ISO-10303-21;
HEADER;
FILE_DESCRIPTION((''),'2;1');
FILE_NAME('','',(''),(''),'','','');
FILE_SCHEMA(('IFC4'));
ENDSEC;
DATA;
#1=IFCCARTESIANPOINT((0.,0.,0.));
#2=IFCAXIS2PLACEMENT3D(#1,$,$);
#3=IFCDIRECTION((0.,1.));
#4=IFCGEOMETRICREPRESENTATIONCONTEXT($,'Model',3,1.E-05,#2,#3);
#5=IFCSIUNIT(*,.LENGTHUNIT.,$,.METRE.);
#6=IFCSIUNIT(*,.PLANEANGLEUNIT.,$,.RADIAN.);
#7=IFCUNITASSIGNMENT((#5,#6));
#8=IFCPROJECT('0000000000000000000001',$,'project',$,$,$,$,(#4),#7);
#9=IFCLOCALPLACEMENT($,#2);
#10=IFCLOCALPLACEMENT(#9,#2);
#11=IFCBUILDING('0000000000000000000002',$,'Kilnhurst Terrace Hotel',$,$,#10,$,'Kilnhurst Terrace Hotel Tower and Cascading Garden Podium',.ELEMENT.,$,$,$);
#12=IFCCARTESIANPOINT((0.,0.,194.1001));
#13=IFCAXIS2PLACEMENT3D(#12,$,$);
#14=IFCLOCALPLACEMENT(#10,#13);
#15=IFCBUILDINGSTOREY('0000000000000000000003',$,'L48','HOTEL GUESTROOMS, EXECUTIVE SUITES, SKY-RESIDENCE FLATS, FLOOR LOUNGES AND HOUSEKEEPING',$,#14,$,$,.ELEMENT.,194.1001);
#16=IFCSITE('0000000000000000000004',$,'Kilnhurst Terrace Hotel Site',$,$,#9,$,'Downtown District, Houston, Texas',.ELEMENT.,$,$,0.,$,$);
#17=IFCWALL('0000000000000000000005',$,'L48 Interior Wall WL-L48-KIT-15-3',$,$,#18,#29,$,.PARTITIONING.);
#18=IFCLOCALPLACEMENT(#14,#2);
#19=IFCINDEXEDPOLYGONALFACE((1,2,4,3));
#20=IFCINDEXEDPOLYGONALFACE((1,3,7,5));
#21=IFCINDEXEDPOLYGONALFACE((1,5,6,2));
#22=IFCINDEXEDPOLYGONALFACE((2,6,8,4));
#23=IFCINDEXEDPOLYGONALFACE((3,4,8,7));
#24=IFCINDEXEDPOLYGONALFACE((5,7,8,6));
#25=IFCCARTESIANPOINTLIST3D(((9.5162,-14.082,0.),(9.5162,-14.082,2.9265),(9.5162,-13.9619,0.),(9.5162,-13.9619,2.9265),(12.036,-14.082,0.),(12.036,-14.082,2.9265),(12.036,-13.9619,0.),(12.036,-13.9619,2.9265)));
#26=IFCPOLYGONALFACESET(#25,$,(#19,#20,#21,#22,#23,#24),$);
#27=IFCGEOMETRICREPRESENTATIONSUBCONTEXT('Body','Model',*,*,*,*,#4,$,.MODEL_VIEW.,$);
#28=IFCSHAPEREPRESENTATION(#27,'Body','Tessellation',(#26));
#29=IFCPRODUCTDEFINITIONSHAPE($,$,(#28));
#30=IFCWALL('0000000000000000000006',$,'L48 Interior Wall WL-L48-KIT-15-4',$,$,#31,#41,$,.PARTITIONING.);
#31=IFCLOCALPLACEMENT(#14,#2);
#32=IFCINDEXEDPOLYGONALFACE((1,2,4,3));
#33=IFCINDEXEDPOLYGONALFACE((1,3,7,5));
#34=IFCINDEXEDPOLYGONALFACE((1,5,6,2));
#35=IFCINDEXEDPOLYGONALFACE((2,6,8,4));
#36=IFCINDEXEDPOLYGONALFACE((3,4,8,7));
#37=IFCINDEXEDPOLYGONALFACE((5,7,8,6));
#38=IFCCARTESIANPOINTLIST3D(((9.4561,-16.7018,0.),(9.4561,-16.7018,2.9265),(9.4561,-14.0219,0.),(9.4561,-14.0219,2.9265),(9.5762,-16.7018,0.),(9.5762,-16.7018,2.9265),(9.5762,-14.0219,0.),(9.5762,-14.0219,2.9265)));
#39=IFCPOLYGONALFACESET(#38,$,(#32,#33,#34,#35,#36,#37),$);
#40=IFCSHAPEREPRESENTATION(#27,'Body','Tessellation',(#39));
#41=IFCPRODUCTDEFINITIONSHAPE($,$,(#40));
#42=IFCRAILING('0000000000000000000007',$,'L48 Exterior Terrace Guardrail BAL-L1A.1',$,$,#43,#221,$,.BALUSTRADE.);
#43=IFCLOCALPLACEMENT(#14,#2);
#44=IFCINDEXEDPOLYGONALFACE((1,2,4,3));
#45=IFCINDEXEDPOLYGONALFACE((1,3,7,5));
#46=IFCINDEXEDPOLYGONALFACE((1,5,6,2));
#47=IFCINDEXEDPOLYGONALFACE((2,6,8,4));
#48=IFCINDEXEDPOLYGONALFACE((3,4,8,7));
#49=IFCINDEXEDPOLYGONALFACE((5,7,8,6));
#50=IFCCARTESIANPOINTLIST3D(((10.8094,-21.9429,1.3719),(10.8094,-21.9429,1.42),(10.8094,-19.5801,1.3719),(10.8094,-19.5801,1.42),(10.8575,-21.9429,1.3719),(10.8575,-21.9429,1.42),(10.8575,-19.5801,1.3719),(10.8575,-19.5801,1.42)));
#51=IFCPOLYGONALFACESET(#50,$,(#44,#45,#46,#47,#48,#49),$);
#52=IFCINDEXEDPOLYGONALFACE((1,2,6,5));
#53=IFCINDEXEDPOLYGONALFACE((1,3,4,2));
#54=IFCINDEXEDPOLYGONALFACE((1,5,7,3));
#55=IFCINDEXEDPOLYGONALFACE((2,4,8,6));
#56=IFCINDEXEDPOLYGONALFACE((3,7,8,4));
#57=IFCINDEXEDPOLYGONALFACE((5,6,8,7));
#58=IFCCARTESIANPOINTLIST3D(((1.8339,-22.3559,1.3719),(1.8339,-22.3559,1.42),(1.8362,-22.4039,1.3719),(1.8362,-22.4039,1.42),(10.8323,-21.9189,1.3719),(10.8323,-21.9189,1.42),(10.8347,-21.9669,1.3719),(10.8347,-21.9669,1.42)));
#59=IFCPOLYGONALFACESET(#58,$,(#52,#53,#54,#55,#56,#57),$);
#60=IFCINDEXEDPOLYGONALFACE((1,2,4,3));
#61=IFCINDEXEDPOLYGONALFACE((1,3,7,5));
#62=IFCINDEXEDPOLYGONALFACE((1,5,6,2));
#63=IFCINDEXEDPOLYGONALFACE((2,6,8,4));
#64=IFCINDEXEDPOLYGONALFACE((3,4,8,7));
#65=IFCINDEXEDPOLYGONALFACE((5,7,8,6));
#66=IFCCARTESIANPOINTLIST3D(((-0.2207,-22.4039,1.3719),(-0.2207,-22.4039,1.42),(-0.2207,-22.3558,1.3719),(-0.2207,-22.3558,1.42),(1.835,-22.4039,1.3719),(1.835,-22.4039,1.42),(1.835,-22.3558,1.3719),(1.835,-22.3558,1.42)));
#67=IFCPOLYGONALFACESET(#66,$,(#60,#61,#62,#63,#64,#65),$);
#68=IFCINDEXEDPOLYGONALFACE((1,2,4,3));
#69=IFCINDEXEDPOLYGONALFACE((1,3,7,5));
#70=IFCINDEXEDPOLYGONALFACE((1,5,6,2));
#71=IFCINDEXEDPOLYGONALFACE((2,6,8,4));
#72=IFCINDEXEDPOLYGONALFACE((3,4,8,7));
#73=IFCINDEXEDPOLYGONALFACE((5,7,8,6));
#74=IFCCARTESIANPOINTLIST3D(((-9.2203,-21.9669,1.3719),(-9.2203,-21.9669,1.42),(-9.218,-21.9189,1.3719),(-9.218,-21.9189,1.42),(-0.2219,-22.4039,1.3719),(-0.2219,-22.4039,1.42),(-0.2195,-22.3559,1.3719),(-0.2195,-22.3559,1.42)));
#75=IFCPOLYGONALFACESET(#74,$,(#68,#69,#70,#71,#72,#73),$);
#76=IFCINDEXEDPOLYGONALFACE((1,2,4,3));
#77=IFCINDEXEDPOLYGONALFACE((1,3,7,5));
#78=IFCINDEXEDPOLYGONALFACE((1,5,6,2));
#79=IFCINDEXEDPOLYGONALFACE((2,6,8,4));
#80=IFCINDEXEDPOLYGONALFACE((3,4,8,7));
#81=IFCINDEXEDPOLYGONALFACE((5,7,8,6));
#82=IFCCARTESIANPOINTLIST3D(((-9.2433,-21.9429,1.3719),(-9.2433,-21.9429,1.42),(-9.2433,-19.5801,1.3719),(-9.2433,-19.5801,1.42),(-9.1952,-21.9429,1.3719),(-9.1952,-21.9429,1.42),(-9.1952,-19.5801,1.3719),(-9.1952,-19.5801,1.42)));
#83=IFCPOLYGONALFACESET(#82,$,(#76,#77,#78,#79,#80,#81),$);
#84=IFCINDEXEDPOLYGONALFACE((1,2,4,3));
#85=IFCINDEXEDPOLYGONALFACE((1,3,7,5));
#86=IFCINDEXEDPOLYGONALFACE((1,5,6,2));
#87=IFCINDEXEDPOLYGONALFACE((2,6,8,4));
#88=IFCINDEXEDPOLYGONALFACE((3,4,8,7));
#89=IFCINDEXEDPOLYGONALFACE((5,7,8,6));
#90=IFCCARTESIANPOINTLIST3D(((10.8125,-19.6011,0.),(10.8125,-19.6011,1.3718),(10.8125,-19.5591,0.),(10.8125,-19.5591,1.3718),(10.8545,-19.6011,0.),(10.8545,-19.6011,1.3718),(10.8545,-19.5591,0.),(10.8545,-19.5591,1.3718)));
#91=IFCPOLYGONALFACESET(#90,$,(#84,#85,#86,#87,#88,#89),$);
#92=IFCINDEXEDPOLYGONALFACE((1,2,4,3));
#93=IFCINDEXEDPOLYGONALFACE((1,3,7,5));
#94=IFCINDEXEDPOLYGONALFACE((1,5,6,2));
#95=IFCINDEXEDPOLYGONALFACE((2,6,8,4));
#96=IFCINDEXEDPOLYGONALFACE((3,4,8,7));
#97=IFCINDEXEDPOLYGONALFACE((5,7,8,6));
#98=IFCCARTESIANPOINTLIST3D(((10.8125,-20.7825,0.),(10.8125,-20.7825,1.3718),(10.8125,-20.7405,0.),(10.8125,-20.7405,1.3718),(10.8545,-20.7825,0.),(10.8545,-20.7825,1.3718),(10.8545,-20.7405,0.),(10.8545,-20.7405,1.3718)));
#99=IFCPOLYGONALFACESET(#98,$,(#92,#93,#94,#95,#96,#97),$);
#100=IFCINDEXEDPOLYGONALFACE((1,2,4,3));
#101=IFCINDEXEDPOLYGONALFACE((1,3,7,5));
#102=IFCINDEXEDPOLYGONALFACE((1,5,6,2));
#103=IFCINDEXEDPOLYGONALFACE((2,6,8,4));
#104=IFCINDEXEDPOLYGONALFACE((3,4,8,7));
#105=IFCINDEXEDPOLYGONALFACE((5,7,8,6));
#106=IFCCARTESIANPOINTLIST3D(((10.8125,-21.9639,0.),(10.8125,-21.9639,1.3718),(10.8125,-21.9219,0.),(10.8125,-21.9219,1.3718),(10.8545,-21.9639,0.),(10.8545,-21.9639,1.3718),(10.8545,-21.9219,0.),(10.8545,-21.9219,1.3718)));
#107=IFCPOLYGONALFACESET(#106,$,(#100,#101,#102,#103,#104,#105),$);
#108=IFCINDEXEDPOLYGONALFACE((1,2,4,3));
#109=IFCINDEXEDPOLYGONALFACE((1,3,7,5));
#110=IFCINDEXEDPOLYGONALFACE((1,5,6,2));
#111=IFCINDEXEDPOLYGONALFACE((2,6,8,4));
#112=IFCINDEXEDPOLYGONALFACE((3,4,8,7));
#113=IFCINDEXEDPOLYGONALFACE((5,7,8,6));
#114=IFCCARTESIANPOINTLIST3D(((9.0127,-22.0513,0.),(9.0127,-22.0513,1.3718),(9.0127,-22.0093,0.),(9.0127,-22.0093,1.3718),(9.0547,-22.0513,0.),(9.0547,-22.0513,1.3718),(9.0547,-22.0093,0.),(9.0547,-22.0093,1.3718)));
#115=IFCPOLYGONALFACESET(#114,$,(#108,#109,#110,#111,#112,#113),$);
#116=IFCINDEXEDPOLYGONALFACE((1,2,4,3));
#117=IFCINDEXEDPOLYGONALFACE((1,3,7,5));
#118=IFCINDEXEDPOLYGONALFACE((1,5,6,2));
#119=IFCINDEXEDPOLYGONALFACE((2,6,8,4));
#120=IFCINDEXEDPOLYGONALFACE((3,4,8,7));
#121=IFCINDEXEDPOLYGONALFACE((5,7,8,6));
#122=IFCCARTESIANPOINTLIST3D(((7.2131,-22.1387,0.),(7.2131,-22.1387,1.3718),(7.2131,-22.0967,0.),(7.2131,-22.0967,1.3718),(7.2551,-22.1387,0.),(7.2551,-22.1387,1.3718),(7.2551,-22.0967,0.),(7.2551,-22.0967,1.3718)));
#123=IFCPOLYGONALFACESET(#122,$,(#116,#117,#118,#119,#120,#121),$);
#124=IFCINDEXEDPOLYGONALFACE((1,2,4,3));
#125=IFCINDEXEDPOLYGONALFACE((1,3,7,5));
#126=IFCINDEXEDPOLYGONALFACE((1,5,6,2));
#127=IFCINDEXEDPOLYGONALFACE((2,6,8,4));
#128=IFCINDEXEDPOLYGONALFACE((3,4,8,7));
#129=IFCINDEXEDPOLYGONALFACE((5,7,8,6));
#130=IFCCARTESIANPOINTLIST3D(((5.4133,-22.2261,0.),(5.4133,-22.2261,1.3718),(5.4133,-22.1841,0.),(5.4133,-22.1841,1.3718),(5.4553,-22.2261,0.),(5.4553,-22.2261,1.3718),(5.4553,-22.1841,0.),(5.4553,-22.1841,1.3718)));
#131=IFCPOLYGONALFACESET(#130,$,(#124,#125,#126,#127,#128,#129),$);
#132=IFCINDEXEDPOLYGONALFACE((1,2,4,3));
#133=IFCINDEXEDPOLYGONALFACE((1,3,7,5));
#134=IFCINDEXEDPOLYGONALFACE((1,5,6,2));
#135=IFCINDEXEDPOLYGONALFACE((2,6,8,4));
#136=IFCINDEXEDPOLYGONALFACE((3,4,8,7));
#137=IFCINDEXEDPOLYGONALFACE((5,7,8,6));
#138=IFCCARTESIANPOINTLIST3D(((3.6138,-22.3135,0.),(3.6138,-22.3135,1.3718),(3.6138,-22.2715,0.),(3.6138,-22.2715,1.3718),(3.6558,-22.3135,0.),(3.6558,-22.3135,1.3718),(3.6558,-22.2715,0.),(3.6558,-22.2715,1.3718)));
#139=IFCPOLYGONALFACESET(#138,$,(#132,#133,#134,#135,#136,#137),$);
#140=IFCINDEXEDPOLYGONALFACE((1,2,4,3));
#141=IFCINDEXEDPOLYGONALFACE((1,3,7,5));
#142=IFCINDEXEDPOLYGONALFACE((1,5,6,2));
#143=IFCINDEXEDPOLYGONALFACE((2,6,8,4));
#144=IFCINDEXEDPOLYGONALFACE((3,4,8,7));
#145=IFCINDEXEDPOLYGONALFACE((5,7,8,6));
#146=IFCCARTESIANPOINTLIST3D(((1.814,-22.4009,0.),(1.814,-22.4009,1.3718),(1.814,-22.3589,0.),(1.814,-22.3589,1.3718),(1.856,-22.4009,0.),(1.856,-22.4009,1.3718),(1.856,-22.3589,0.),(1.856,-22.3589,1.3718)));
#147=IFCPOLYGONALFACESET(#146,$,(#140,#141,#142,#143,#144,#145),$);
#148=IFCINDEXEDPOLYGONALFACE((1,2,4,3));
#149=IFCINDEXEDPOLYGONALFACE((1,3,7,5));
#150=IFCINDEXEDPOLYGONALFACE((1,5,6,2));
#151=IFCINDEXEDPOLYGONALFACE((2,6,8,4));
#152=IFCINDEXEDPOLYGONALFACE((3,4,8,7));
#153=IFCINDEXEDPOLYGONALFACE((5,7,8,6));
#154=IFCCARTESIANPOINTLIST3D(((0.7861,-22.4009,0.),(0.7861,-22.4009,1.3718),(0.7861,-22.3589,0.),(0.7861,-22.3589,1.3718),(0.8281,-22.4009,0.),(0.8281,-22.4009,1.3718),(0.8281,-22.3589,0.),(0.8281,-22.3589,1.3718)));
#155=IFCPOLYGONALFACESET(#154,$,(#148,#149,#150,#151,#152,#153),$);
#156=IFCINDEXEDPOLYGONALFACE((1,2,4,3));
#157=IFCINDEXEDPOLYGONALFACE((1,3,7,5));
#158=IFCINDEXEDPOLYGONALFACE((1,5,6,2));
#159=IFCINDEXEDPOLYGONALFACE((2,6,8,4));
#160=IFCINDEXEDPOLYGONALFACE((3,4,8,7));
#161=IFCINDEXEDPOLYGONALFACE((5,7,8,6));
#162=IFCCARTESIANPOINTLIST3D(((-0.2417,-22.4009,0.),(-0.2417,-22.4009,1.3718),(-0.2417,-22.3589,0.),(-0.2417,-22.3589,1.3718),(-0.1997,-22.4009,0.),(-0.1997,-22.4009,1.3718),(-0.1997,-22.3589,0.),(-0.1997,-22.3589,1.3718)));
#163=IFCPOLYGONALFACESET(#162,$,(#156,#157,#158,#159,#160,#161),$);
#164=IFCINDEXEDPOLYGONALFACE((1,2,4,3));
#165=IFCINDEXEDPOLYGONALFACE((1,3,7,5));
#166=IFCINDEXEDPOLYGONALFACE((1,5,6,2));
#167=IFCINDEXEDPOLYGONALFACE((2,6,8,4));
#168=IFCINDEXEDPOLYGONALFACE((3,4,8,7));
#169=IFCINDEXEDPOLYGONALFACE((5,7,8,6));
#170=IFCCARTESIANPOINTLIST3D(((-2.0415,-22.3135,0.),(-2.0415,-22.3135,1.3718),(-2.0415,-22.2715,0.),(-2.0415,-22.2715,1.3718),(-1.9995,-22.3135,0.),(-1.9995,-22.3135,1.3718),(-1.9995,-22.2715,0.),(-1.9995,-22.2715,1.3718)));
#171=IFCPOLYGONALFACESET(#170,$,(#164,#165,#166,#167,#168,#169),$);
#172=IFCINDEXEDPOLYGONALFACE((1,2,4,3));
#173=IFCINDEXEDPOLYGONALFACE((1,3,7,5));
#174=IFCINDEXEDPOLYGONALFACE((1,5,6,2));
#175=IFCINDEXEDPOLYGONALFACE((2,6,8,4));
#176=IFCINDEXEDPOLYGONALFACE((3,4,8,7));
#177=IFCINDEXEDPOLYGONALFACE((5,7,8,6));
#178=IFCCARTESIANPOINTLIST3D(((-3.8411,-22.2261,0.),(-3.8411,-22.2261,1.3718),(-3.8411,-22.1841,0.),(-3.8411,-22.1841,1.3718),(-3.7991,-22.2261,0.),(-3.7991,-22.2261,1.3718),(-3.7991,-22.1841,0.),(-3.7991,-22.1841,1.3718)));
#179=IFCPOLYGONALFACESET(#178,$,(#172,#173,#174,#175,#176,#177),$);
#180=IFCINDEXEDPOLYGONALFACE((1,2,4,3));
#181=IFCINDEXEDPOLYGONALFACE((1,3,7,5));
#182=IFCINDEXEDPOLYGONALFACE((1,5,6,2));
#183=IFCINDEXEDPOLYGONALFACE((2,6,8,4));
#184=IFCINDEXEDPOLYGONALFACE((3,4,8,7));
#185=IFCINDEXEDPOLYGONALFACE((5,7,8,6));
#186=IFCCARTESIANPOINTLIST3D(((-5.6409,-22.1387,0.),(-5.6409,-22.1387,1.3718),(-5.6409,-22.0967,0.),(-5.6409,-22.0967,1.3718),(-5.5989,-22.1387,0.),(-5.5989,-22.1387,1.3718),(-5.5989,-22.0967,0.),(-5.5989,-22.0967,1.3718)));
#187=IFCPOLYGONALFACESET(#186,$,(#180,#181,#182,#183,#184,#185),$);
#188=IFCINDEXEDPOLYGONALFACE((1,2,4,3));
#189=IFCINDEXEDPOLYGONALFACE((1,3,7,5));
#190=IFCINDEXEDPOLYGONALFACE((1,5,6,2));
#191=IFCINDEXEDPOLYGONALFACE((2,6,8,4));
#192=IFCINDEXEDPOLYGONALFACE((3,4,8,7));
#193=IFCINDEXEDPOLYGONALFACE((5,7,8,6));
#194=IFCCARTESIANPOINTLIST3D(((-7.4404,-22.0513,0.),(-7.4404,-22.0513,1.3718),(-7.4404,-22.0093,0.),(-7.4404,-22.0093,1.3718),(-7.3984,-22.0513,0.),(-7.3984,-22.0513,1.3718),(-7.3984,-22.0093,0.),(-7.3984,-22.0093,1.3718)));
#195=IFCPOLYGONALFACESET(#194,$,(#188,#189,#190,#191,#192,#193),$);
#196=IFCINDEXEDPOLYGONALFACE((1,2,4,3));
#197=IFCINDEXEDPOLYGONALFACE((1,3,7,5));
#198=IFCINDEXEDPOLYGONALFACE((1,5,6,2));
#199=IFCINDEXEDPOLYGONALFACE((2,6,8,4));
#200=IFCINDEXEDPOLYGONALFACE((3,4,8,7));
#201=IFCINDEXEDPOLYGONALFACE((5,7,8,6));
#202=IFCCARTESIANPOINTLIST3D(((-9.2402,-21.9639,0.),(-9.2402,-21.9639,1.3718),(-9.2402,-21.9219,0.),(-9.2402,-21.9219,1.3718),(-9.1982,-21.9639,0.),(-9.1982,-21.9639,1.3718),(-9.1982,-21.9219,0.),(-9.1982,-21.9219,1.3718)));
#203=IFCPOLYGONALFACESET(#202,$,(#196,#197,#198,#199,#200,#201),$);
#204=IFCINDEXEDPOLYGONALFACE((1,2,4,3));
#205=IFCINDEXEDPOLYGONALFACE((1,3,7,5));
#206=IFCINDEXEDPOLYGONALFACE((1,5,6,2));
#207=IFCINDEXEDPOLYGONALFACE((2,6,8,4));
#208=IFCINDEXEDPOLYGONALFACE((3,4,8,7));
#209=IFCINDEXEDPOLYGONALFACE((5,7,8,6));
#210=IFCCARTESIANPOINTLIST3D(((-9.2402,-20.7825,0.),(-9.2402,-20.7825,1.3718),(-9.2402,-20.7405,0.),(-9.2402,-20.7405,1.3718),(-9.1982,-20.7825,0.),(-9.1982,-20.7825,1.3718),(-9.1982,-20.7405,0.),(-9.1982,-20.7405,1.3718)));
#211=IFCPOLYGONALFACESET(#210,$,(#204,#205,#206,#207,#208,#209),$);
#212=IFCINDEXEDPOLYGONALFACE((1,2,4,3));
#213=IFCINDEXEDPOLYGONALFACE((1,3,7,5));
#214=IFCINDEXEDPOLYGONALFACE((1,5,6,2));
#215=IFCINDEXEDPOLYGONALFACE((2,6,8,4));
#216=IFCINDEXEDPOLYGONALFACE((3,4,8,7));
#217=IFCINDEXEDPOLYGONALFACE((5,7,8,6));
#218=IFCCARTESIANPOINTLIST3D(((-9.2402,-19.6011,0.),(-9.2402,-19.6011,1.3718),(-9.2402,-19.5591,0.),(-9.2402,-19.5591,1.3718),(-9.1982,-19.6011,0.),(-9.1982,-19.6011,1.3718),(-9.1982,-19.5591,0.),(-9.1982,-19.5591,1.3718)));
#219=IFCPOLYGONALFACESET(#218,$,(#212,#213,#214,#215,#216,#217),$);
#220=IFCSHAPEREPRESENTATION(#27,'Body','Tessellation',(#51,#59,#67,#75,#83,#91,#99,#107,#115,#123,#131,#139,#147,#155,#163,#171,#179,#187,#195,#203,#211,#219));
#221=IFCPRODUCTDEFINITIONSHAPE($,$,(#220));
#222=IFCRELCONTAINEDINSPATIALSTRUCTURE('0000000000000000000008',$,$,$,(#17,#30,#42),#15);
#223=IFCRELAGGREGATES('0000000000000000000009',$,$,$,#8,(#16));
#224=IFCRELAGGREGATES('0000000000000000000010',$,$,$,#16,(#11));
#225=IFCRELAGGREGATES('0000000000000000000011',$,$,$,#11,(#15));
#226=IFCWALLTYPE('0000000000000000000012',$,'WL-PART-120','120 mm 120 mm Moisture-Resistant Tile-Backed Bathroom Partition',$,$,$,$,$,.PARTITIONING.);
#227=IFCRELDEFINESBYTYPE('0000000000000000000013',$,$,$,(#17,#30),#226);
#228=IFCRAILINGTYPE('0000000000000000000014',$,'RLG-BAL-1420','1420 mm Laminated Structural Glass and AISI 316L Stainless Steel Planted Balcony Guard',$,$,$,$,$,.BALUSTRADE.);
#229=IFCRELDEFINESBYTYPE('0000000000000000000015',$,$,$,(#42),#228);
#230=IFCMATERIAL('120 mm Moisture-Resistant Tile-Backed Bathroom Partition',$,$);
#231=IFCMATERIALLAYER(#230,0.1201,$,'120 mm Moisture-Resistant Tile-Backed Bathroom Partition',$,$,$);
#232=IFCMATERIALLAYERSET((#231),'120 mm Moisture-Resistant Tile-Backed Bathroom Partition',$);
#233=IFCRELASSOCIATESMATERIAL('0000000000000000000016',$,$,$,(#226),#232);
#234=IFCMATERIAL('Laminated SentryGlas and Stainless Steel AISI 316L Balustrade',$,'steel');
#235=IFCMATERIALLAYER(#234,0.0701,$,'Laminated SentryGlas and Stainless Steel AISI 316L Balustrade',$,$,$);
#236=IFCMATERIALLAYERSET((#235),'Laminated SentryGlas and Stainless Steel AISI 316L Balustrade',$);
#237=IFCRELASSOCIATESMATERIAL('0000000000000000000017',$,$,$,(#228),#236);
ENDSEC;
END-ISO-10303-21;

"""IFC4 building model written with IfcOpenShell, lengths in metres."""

from ifc_helpers import new_model, si_unit, direction, frame, frame_2d, origin, origin_2d, place, context, subcontext, project, spatial, rectangle, extrude, material, layer, layer_set, type_object, element, save


model = new_model("IFC4")

# Units and contexts
model_context = context("Model", 3, precision=1e-05, world=origin(), true_north=direction((0.0, 1.0)))
body_context = subcontext(model_context, "Body", "Model", "MODEL_VIEW")
ifc_project = project(units=[si_unit("LENGTHUNIT", "METRE"), si_unit("PLANEANGLEUNIT", "RADIAN")], contexts=[model_context])

# Site, building, storey
site_placement = place(None, origin())
site = spatial("IfcSite", under=ifc_project, at=site_placement, Name="Kilnhurst Terrace Hotel Site", LongName="Downtown District, Houston, Texas", CompositionType="ELEMENT", RefElevation=0.0)
building_placement = place(site_placement, origin())
building = spatial("IfcBuilding", under=site, at=building_placement, Name="Kilnhurst Terrace Hotel", LongName="Kilnhurst Terrace Hotel Tower and Cascading Garden Podium", CompositionType="ELEMENT")
storey_placement = place(building_placement, frame((0.0, 0.0, 194.1001)))
storey = spatial("IfcBuildingStorey", under=building, at=storey_placement, Name="L48", Description="HOTEL GUESTROOMS, EXECUTIVE SUITES, SKY-RESIDENCE FLATS, FLOOR LOUNGES AND HOUSEKEEPING", CompositionType="ELEMENT", Elevation=194.1001)

# Shared definitions
ifc_material_1 = material(Name="120 mm Moisture-Resistant Tile-Backed Bathroom Partition")
ifc_layer_1 = layer(ifc_material_1, 0.1201, Name="120 mm Moisture-Resistant Tile-Backed Bathroom Partition")
ifc_layer_set_1 = layer_set([ifc_layer_1], Name="120 mm Moisture-Resistant Tile-Backed Bathroom Partition")
wall_type_1 = type_object("IfcWallType", Name="WL-PART-120", Description="120 mm 120 mm Moisture-Resistant Tile-Backed Bathroom Partition", PredefinedType="PARTITIONING", material=ifc_layer_set_1)

# Walls
wall_1_placement = place(storey_placement, frame((12.0359, -14.022, 0.0), z_axis=(0.0, 0.0, 1.0), x_axis=(-1.0, 0.0, 0.0)))
element("IfcWall", 1, at=wall_1_placement, inside=storey, type_object=wall_type_1, Name="L48 Interior Wall WL-L48-KIT-15-3", PredefinedType="PARTITIONING", context=body_context, shape_type="SweptSolid", body=[
    extrude(rectangle(XDim=2.5198, YDim=0.1201, at=frame_2d((1.2598, 0.0))), origin(), (0.0, 0.0, 1.0), 2.9265),
])
wall_2_placement = place(storey_placement, frame((9.5161, -14.022, 0.0), z_axis=(0.0, 0.0, 1.0), x_axis=(0.0, -1.0, 0.0)))
element("IfcWall", 2, at=wall_2_placement, inside=storey, type_object=wall_type_1, Name="L48 Interior Wall WL-L48-KIT-15-4", PredefinedType="PARTITIONING", context=body_context, shape_type="SweptSolid", body=[
    extrude(rectangle(XDim=2.6799, YDim=0.1201, at=frame_2d((1.3398, 0.0))), origin(), (0.0, 0.0, 1.0), 2.9265),
])

# Railing
ifc_material_2 = material(Name="Laminated SentryGlas and Stainless Steel AISI 316L Balustrade", Category="steel")
ifc_layer_2 = layer(ifc_material_2, 0.0701, Name="Laminated SentryGlas and Stainless Steel AISI 316L Balustrade")
ifc_layer_set_2 = layer_set([ifc_layer_2], Name="Laminated SentryGlas and Stainless Steel AISI 316L Balustrade")
railing_type = type_object("IfcRailingType", Name="RLG-BAL-1420", Description="1420 mm Laminated Structural Glass and AISI 316L Stainless Steel Planted Balcony Guard", PredefinedType="BALUSTRADE", material=ifc_layer_set_2)
railing_placement = place(storey_placement, frame((10.8335, -19.5801, 0.0)))
element("IfcRailing", 3, at=railing_placement, inside=storey, type_object=railing_type, Name="L48 Exterior Terrace Guardrail BAL-L1A.1", PredefinedType="BALUSTRADE", context=body_context, shape_type="SweptSolid", body=[
    extrude(rectangle(XDim=0.0481, YDim=0.0481, at=origin_2d()), frame((0.0, 0.0, 1.396), z_axis=(0.0, -1.0, 0.0), x_axis=(1.0, 0.0, 0.0)), (0.0, 0.0, 1.0), 2.3628),
    extrude(rectangle(XDim=0.0481, YDim=0.0481, at=origin_2d()), frame((0.0, -2.3628, 1.396), z_axis=(-0.998823, -0.048508, 0.0), x_axis=(0.048508, -0.998823, 0.0)), (0.0, 0.0, 1.0), 9.009),
    extrude(rectangle(XDim=0.0481, YDim=0.0481, at=origin_2d()), frame((-8.9985, -2.7998, 1.396), z_axis=(-1.0, 0.0, 0.0), x_axis=(0.0, -1.0, 0.0)), (0.0, 0.0, 1.0), 2.0557),
    extrude(rectangle(XDim=0.0481, YDim=0.0481, at=origin_2d()), frame((-11.0542, -2.7998, 1.396), z_axis=(-0.998823, 0.048508, 0.0), x_axis=(-0.048508, -0.998823, 0.0)), (0.0, 0.0, 1.0), 9.009),
    extrude(rectangle(XDim=0.0481, YDim=0.0481, at=origin_2d()), frame((-20.0527, -2.3628, 1.396), z_axis=(0.0, 1.0, 0.0), x_axis=(-1.0, 0.0, 0.0)), (0.0, 0.0, 1.0), 2.3628),
    extrude(rectangle(XDim=0.042, YDim=0.042, at=origin_2d()), origin(), (0.0, 0.0, 1.0), 1.3718),
    extrude(rectangle(XDim=0.042, YDim=0.042, at=origin_2d()), frame((0.0, -1.1814, 0.0)), (0.0, 0.0, 1.0), 1.3718),
    extrude(rectangle(XDim=0.042, YDim=0.042, at=origin_2d()), frame((0.0, -2.3628, 0.0)), (0.0, 0.0, 1.0), 1.3718),
    extrude(rectangle(XDim=0.042, YDim=0.042, at=origin_2d()), frame((-1.7998, -2.4502, 0.0)), (0.0, 0.0, 1.0), 1.3718),
    extrude(rectangle(XDim=0.042, YDim=0.042, at=origin_2d()), frame((-3.5994, -2.5376, 0.0)), (0.0, 0.0, 1.0), 1.3718),
    extrude(rectangle(XDim=0.042, YDim=0.042, at=origin_2d()), frame((-5.3992, -2.625, 0.0)), (0.0, 0.0, 1.0), 1.3718),
    extrude(rectangle(XDim=0.042, YDim=0.042, at=origin_2d()), frame((-7.1987, -2.7124, 0.0)), (0.0, 0.0, 1.0), 1.3718),
    extrude(rectangle(XDim=0.042, YDim=0.042, at=origin_2d()), frame((-8.9985, -2.7998, 0.0)), (0.0, 0.0, 1.0), 1.3718),
    extrude(rectangle(XDim=0.042, YDim=0.042, at=origin_2d()), frame((-10.0264, -2.7998, 0.0)), (0.0, 0.0, 1.0), 1.3718),
    extrude(rectangle(XDim=0.042, YDim=0.042, at=origin_2d()), frame((-11.0542, -2.7998, 0.0)), (0.0, 0.0, 1.0), 1.3718),
    extrude(rectangle(XDim=0.042, YDim=0.042, at=origin_2d()), frame((-12.854, -2.7124, 0.0)), (0.0, 0.0, 1.0), 1.3718),
    extrude(rectangle(XDim=0.042, YDim=0.042, at=origin_2d()), frame((-14.6536, -2.625, 0.0)), (0.0, 0.0, 1.0), 1.3718),
    extrude(rectangle(XDim=0.042, YDim=0.042, at=origin_2d()), frame((-16.4534, -2.5376, 0.0)), (0.0, 0.0, 1.0), 1.3718),
    extrude(rectangle(XDim=0.042, YDim=0.042, at=origin_2d()), frame((-18.2529, -2.4502, 0.0)), (0.0, 0.0, 1.0), 1.3718),
    extrude(rectangle(XDim=0.042, YDim=0.042, at=origin_2d()), frame((-20.0527, -2.3628, 0.0)), (0.0, 0.0, 1.0), 1.3718),
    extrude(rectangle(XDim=0.042, YDim=0.042, at=origin_2d()), frame((-20.0527, -1.1814, 0.0)), (0.0, 0.0, 1.0), 1.3718),
    extrude(rectangle(XDim=0.042, YDim=0.042, at=origin_2d()), frame((-20.0527, 0.0, 0.0)), (0.0, 0.0, 1.0), 1.3718),
])

save(model, "model.ifc")
